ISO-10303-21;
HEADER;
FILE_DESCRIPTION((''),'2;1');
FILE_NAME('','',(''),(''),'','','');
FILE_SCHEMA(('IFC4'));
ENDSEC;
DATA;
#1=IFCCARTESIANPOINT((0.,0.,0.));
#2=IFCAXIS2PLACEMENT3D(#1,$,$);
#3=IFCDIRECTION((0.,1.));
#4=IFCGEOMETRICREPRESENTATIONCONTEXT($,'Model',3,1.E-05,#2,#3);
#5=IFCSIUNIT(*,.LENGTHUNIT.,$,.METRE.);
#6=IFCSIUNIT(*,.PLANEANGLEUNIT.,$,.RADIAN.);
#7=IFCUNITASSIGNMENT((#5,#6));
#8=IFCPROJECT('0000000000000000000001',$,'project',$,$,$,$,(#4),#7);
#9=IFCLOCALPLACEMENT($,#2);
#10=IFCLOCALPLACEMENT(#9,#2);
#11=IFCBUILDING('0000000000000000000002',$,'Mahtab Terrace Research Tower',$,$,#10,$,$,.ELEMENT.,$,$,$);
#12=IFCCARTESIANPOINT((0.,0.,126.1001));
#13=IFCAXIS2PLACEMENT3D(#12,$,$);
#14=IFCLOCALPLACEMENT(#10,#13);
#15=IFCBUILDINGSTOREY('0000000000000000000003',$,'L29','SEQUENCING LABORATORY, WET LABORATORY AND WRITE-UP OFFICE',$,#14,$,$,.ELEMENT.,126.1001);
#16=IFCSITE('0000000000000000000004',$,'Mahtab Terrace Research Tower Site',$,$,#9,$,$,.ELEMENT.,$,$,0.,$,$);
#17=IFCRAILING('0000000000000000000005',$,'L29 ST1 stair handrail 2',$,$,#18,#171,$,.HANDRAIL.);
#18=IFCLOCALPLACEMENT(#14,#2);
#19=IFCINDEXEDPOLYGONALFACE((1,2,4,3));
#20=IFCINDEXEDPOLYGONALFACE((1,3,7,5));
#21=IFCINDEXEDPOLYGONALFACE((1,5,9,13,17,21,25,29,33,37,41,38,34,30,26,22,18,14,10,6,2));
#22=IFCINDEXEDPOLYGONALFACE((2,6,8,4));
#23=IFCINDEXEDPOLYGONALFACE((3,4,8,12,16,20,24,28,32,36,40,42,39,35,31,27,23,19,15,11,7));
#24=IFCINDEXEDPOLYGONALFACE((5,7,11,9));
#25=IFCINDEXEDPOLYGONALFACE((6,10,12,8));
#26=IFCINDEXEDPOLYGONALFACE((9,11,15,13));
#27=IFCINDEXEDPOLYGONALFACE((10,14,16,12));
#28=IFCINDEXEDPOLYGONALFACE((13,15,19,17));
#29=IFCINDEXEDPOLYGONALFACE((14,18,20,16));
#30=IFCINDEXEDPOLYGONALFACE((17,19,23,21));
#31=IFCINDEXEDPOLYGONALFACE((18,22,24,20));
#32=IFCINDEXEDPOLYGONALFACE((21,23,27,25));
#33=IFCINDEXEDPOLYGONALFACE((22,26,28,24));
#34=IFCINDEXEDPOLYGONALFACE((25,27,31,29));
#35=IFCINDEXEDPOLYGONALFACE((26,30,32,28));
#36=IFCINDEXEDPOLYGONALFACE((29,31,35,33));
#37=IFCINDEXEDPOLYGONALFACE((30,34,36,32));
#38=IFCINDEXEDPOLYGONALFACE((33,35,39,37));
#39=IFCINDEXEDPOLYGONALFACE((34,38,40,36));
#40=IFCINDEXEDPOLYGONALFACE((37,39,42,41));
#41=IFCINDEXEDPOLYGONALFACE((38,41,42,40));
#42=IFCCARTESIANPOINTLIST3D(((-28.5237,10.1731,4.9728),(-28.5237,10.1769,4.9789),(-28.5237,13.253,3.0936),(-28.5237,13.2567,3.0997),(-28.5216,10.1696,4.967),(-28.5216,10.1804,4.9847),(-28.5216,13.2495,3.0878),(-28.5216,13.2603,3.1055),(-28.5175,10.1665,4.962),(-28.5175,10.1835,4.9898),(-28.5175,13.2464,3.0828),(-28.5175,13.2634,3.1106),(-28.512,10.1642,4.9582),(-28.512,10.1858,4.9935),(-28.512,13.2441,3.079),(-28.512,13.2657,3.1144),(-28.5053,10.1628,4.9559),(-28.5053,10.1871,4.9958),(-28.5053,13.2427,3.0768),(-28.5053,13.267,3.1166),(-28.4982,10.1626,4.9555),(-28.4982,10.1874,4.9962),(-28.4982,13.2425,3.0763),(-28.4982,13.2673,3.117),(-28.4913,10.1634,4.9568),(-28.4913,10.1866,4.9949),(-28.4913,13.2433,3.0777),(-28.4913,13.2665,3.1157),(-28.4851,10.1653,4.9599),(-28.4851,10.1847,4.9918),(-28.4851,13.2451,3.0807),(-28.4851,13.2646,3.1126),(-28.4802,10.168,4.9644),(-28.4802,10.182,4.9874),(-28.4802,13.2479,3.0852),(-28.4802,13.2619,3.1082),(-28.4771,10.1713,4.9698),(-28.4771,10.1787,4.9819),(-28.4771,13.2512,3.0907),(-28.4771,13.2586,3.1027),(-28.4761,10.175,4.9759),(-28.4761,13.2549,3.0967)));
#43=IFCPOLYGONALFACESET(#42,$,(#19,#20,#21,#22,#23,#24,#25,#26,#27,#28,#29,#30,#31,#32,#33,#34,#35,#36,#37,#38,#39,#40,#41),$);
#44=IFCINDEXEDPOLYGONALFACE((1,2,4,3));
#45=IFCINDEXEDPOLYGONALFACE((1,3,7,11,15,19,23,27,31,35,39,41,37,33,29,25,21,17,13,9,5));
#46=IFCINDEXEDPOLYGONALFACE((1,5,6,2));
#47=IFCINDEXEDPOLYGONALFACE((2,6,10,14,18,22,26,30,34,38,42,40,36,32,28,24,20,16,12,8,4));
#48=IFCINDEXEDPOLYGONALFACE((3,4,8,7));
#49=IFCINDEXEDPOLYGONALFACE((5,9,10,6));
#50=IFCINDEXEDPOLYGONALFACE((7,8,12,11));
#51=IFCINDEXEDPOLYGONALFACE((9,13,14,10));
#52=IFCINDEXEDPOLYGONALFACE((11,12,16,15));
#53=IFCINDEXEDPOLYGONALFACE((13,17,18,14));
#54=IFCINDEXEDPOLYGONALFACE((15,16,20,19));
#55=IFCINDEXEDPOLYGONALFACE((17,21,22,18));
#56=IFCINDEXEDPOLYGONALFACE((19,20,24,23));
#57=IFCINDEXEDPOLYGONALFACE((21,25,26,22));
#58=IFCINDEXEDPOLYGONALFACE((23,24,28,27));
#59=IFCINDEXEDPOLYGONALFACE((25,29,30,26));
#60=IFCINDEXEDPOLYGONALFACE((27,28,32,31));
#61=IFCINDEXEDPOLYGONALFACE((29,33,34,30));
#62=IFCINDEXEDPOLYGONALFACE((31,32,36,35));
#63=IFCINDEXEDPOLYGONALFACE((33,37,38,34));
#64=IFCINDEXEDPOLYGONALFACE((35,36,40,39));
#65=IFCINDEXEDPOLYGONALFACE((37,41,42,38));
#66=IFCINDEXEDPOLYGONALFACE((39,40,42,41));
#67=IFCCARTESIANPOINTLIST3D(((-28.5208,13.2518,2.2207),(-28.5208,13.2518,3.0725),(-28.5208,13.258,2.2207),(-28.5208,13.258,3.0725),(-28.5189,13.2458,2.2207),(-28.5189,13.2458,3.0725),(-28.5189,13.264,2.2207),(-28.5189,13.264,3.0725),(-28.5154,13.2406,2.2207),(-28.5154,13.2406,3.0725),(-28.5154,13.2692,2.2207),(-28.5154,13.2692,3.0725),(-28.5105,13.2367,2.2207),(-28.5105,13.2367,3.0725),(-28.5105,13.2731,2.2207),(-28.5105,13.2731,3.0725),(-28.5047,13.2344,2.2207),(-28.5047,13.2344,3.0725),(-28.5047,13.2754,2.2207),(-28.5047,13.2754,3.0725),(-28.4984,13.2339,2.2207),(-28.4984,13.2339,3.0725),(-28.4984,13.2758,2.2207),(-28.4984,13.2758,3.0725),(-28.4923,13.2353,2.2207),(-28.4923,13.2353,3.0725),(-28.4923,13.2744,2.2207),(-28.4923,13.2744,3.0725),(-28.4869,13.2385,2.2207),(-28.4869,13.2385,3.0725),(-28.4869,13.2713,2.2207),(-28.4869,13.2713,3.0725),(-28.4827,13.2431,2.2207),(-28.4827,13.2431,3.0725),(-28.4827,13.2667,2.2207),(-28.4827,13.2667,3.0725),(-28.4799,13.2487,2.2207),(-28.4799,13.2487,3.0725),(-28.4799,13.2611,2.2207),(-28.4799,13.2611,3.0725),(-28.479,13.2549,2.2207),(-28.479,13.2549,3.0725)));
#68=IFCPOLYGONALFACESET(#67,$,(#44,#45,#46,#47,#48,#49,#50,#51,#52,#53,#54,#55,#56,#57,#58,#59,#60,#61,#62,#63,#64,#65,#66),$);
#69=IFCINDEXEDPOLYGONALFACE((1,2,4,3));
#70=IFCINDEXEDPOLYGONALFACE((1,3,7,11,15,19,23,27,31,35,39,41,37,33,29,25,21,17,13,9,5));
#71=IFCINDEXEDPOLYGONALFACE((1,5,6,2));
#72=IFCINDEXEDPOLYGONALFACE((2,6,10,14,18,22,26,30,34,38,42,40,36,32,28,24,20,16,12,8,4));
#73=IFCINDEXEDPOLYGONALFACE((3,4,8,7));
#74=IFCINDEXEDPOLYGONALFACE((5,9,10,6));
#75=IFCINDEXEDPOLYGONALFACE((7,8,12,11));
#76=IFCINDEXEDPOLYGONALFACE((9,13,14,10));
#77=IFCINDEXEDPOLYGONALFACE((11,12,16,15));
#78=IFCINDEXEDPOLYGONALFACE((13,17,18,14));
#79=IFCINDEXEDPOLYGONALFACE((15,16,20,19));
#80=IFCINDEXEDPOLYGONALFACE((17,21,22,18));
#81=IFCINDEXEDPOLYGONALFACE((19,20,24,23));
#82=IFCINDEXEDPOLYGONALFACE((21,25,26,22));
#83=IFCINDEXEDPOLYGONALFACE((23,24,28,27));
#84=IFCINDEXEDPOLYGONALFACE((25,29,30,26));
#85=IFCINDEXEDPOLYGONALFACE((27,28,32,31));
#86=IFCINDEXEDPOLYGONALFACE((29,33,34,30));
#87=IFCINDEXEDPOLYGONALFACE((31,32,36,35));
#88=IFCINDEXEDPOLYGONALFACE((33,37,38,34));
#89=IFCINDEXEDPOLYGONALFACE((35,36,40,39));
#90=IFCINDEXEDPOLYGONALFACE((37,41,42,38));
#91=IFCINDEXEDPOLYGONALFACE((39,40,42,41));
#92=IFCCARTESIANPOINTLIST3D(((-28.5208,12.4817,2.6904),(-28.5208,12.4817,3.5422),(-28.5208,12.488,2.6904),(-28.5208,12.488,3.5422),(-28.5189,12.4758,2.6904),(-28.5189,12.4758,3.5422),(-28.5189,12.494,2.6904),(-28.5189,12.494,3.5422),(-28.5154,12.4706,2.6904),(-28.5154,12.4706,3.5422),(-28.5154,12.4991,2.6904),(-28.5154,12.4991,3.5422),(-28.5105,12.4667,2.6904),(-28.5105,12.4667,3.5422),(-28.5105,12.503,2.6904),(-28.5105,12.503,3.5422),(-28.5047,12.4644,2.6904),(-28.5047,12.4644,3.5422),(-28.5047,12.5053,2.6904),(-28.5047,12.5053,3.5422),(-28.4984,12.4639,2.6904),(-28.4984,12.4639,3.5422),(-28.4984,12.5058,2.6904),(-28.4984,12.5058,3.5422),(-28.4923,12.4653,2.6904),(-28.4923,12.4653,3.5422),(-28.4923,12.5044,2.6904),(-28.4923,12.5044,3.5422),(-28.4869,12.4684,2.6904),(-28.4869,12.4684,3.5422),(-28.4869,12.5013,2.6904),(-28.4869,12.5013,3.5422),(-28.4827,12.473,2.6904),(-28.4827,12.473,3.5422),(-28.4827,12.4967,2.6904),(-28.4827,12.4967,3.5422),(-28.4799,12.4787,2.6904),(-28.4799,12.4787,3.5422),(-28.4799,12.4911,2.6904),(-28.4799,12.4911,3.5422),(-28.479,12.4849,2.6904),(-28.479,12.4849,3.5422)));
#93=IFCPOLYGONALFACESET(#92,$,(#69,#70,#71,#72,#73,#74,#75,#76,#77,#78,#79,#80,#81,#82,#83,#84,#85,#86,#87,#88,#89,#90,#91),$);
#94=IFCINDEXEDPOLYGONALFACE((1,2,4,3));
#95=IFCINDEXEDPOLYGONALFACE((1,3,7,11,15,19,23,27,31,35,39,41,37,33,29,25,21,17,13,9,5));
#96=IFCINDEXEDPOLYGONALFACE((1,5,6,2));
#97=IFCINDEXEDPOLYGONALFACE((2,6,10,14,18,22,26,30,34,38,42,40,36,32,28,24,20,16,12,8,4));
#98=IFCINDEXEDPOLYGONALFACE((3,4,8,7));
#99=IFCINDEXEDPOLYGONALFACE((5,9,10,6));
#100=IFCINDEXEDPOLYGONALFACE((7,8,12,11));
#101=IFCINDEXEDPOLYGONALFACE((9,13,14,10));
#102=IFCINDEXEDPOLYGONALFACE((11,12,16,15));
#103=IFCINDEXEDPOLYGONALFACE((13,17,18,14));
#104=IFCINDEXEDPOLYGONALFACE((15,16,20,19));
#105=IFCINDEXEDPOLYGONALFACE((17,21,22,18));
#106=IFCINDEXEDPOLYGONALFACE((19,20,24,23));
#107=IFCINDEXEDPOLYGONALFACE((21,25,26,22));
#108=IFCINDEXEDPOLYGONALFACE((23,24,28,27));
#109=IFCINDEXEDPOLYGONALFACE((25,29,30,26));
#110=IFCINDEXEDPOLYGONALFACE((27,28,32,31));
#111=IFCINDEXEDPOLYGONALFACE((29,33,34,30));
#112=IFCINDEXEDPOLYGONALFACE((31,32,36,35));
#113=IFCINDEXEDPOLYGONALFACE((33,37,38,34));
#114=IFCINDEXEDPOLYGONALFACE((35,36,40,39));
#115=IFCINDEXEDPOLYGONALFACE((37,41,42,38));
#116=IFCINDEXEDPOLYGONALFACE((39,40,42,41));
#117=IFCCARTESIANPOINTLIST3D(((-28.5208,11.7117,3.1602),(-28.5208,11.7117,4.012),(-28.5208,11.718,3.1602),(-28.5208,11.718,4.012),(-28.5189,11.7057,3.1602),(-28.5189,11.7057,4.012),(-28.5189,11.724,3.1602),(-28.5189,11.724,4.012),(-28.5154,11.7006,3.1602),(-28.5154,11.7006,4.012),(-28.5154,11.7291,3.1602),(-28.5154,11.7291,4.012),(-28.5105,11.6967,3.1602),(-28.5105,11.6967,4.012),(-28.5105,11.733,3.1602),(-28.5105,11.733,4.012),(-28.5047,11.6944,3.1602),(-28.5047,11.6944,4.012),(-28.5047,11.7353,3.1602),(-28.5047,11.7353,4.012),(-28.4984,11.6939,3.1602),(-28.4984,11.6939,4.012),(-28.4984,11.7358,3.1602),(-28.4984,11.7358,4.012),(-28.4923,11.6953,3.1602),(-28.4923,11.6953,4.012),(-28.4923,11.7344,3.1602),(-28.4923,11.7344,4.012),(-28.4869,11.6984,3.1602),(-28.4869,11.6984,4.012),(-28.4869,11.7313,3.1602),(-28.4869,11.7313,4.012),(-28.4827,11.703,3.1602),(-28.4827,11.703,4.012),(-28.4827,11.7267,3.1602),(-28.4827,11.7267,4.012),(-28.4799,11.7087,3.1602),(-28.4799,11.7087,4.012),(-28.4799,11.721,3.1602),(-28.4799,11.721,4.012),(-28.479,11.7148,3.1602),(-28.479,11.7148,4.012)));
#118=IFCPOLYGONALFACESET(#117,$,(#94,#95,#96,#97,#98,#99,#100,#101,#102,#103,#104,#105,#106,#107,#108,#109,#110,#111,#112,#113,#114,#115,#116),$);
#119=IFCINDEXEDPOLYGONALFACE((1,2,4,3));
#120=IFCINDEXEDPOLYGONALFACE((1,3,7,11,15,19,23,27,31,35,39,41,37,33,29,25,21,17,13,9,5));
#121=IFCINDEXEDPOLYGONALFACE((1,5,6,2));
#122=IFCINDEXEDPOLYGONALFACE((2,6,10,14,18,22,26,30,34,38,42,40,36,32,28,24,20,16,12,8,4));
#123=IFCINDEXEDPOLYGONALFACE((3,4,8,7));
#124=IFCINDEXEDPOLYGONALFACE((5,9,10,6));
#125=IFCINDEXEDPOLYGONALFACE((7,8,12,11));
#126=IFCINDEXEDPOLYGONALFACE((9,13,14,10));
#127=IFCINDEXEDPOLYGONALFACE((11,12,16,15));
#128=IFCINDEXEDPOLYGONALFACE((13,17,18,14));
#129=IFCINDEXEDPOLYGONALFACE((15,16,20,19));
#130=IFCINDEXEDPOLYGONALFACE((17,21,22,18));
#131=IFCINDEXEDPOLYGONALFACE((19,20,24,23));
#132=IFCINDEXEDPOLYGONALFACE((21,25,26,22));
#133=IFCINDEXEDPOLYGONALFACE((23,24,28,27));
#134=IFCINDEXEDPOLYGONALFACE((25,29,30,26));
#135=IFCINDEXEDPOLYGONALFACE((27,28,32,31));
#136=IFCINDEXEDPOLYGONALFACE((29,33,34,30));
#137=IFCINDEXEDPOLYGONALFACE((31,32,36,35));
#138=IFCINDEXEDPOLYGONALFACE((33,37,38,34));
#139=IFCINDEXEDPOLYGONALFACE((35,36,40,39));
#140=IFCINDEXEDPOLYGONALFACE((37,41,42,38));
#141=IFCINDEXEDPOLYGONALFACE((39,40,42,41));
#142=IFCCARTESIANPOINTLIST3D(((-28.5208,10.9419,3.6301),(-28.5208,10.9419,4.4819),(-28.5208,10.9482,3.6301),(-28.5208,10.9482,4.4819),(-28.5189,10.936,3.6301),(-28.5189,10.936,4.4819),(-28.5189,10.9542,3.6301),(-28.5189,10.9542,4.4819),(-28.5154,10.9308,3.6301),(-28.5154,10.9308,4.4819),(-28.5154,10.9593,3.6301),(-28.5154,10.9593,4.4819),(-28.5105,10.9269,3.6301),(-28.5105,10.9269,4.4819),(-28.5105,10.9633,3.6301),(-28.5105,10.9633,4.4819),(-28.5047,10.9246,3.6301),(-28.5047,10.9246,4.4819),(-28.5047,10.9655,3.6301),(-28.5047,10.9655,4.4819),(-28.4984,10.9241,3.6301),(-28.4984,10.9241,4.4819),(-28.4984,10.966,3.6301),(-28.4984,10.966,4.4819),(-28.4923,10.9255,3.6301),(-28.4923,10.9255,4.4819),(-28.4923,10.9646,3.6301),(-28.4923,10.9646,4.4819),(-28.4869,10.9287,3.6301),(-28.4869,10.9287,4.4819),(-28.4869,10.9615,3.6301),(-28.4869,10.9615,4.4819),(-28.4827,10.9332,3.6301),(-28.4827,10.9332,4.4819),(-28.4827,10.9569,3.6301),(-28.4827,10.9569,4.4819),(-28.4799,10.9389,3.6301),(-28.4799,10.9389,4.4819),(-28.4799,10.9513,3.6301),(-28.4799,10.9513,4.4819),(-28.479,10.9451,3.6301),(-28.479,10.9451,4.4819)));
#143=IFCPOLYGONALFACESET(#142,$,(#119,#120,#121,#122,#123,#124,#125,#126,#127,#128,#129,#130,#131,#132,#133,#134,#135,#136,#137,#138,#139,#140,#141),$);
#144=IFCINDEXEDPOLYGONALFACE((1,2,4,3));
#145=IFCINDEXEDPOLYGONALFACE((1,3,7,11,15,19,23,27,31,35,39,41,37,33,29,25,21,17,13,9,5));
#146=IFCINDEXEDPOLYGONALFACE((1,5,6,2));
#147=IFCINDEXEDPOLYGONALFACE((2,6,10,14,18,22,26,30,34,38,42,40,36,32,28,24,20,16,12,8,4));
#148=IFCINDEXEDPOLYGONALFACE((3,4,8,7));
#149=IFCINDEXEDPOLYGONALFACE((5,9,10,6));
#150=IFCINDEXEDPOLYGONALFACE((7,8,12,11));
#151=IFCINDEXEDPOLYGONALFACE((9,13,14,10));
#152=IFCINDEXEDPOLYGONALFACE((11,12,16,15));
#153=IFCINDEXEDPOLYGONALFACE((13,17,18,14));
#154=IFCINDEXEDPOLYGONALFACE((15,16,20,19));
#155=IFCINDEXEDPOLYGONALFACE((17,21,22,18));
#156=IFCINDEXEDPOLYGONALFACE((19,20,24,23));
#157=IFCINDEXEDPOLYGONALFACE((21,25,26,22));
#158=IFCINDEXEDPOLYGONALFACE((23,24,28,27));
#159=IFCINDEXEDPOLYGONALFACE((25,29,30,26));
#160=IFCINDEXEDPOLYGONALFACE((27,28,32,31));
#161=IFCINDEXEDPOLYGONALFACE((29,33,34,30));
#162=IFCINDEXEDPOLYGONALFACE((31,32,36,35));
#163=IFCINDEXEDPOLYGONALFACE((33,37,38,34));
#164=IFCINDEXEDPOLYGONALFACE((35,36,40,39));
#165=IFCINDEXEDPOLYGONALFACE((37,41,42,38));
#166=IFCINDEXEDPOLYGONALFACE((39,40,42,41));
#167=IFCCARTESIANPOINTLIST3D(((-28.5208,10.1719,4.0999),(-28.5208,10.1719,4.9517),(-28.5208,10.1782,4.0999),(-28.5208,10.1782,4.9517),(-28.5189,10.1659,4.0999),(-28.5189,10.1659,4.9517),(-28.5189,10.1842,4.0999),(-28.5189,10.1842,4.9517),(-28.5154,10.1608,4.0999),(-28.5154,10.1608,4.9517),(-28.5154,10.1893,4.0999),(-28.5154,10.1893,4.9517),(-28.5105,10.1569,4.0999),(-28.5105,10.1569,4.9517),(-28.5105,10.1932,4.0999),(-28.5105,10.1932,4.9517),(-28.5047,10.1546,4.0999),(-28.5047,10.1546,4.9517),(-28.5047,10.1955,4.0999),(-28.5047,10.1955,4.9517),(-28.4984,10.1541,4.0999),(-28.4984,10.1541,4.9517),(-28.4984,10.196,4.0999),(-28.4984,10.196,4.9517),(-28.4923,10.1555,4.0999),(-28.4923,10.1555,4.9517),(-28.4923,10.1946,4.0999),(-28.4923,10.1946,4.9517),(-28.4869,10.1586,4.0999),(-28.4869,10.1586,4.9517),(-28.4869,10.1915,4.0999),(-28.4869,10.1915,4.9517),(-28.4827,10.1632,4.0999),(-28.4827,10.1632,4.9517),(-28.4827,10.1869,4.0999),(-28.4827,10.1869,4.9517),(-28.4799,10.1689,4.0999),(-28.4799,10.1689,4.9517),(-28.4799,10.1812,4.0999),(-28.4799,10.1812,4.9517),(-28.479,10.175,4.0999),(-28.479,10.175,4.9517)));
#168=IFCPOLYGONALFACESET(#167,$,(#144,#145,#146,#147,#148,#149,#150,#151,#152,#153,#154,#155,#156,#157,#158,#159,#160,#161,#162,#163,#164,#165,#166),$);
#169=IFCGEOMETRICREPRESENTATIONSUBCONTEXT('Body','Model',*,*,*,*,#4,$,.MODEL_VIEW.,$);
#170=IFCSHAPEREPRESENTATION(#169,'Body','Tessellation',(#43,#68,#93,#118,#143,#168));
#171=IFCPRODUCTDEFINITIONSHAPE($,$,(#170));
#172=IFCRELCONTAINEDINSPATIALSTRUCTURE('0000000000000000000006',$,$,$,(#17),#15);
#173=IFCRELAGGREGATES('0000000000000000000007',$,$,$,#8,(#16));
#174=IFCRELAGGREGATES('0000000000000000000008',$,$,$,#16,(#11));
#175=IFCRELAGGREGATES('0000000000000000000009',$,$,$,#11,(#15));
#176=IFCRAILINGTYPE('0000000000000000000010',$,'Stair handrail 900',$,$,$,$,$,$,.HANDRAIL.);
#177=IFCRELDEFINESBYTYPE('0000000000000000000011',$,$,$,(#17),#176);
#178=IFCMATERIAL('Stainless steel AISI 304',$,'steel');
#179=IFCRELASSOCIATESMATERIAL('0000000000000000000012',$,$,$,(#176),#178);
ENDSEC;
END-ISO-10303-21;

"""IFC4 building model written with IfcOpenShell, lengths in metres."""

from ifc_helpers import new_model, si_unit, direction, frame, origin, origin_2d, place, context, subcontext, project, spatial, circle, extrude, material, type_object, element, save


model = new_model("IFC4")

# Units and contexts
model_context = context("Model", 3, precision=1e-05, world=origin(), true_north=direction((0.0, 1.0)))
body_context = subcontext(model_context, "Body", "Model", "MODEL_VIEW")
ifc_project = project(units=[si_unit("LENGTHUNIT", "METRE"), si_unit("PLANEANGLEUNIT", "RADIAN")], contexts=[model_context])

# Site, building, storey
site_placement = place(None, origin())
site = spatial("IfcSite", under=ifc_project, at=site_placement, Name="Mahtab Terrace Research Tower Site", CompositionType="ELEMENT", RefElevation=0.0)
building_placement = place(site_placement, origin())
building = spatial("IfcBuilding", under=site, at=building_placement, Name="Mahtab Terrace Research Tower", CompositionType="ELEMENT")
storey_placement = place(building_placement, frame((0.0, 0.0, 126.1001)))
storey = spatial("IfcBuildingStorey", under=building, at=storey_placement, Name="L29", Description="SEQUENCING LABORATORY, WET LABORATORY AND WRITE-UP OFFICE", CompositionType="ELEMENT", Elevation=126.1001)

# Railing
ifc_material_1 = material(Name="Stainless steel AISI 304", Category="steel")
railing_type_1 = type_object("IfcRailingType", Name="Stair handrail 900", PredefinedType="HANDRAIL", material=ifc_material_1)
railing_1_placement = place(storey_placement, frame((-28.5, 13.2549, 2.2207)))
element("IfcRailing", 1, at=railing_1_placement, inside=storey, type_object=railing_type_1, Name="L29 ST1 stair handrail 2", PredefinedType="HANDRAIL", context=body_context, shape_type="SweptSolid", body=[
    extrude(circle(Radius=0.0239, at=origin_2d()), frame((0.0, 0.0, 0.876), z_axis=(0.0, -0.853648, 0.52085), x_axis=(1.0, 0.0, 0.0)), (0.0, 0.0, 1.0), 3.6079),
    extrude(circle(Radius=0.021, at=origin_2d()), origin(), (0.0, 0.0, 1.0), 0.8518),
    extrude(circle(Radius=0.021, at=origin_2d()), frame((0.0, -0.77, 0.4697)), (0.0, 0.0, 1.0), 0.8518),
    extrude(circle(Radius=0.021, at=origin_2d()), frame((0.0, -1.54, 0.9395)), (0.0, 0.0, 1.0), 0.8518),
    extrude(circle(Radius=0.021, at=origin_2d()), frame((0.0, -2.3098, 1.4094)), (0.0, 0.0, 1.0), 0.8518),
    extrude(circle(Radius=0.021, at=origin_2d()), frame((0.0, -3.0798, 1.8792)), (0.0, 0.0, 1.0), 0.8518),
])

save(model, "model.ifc")
